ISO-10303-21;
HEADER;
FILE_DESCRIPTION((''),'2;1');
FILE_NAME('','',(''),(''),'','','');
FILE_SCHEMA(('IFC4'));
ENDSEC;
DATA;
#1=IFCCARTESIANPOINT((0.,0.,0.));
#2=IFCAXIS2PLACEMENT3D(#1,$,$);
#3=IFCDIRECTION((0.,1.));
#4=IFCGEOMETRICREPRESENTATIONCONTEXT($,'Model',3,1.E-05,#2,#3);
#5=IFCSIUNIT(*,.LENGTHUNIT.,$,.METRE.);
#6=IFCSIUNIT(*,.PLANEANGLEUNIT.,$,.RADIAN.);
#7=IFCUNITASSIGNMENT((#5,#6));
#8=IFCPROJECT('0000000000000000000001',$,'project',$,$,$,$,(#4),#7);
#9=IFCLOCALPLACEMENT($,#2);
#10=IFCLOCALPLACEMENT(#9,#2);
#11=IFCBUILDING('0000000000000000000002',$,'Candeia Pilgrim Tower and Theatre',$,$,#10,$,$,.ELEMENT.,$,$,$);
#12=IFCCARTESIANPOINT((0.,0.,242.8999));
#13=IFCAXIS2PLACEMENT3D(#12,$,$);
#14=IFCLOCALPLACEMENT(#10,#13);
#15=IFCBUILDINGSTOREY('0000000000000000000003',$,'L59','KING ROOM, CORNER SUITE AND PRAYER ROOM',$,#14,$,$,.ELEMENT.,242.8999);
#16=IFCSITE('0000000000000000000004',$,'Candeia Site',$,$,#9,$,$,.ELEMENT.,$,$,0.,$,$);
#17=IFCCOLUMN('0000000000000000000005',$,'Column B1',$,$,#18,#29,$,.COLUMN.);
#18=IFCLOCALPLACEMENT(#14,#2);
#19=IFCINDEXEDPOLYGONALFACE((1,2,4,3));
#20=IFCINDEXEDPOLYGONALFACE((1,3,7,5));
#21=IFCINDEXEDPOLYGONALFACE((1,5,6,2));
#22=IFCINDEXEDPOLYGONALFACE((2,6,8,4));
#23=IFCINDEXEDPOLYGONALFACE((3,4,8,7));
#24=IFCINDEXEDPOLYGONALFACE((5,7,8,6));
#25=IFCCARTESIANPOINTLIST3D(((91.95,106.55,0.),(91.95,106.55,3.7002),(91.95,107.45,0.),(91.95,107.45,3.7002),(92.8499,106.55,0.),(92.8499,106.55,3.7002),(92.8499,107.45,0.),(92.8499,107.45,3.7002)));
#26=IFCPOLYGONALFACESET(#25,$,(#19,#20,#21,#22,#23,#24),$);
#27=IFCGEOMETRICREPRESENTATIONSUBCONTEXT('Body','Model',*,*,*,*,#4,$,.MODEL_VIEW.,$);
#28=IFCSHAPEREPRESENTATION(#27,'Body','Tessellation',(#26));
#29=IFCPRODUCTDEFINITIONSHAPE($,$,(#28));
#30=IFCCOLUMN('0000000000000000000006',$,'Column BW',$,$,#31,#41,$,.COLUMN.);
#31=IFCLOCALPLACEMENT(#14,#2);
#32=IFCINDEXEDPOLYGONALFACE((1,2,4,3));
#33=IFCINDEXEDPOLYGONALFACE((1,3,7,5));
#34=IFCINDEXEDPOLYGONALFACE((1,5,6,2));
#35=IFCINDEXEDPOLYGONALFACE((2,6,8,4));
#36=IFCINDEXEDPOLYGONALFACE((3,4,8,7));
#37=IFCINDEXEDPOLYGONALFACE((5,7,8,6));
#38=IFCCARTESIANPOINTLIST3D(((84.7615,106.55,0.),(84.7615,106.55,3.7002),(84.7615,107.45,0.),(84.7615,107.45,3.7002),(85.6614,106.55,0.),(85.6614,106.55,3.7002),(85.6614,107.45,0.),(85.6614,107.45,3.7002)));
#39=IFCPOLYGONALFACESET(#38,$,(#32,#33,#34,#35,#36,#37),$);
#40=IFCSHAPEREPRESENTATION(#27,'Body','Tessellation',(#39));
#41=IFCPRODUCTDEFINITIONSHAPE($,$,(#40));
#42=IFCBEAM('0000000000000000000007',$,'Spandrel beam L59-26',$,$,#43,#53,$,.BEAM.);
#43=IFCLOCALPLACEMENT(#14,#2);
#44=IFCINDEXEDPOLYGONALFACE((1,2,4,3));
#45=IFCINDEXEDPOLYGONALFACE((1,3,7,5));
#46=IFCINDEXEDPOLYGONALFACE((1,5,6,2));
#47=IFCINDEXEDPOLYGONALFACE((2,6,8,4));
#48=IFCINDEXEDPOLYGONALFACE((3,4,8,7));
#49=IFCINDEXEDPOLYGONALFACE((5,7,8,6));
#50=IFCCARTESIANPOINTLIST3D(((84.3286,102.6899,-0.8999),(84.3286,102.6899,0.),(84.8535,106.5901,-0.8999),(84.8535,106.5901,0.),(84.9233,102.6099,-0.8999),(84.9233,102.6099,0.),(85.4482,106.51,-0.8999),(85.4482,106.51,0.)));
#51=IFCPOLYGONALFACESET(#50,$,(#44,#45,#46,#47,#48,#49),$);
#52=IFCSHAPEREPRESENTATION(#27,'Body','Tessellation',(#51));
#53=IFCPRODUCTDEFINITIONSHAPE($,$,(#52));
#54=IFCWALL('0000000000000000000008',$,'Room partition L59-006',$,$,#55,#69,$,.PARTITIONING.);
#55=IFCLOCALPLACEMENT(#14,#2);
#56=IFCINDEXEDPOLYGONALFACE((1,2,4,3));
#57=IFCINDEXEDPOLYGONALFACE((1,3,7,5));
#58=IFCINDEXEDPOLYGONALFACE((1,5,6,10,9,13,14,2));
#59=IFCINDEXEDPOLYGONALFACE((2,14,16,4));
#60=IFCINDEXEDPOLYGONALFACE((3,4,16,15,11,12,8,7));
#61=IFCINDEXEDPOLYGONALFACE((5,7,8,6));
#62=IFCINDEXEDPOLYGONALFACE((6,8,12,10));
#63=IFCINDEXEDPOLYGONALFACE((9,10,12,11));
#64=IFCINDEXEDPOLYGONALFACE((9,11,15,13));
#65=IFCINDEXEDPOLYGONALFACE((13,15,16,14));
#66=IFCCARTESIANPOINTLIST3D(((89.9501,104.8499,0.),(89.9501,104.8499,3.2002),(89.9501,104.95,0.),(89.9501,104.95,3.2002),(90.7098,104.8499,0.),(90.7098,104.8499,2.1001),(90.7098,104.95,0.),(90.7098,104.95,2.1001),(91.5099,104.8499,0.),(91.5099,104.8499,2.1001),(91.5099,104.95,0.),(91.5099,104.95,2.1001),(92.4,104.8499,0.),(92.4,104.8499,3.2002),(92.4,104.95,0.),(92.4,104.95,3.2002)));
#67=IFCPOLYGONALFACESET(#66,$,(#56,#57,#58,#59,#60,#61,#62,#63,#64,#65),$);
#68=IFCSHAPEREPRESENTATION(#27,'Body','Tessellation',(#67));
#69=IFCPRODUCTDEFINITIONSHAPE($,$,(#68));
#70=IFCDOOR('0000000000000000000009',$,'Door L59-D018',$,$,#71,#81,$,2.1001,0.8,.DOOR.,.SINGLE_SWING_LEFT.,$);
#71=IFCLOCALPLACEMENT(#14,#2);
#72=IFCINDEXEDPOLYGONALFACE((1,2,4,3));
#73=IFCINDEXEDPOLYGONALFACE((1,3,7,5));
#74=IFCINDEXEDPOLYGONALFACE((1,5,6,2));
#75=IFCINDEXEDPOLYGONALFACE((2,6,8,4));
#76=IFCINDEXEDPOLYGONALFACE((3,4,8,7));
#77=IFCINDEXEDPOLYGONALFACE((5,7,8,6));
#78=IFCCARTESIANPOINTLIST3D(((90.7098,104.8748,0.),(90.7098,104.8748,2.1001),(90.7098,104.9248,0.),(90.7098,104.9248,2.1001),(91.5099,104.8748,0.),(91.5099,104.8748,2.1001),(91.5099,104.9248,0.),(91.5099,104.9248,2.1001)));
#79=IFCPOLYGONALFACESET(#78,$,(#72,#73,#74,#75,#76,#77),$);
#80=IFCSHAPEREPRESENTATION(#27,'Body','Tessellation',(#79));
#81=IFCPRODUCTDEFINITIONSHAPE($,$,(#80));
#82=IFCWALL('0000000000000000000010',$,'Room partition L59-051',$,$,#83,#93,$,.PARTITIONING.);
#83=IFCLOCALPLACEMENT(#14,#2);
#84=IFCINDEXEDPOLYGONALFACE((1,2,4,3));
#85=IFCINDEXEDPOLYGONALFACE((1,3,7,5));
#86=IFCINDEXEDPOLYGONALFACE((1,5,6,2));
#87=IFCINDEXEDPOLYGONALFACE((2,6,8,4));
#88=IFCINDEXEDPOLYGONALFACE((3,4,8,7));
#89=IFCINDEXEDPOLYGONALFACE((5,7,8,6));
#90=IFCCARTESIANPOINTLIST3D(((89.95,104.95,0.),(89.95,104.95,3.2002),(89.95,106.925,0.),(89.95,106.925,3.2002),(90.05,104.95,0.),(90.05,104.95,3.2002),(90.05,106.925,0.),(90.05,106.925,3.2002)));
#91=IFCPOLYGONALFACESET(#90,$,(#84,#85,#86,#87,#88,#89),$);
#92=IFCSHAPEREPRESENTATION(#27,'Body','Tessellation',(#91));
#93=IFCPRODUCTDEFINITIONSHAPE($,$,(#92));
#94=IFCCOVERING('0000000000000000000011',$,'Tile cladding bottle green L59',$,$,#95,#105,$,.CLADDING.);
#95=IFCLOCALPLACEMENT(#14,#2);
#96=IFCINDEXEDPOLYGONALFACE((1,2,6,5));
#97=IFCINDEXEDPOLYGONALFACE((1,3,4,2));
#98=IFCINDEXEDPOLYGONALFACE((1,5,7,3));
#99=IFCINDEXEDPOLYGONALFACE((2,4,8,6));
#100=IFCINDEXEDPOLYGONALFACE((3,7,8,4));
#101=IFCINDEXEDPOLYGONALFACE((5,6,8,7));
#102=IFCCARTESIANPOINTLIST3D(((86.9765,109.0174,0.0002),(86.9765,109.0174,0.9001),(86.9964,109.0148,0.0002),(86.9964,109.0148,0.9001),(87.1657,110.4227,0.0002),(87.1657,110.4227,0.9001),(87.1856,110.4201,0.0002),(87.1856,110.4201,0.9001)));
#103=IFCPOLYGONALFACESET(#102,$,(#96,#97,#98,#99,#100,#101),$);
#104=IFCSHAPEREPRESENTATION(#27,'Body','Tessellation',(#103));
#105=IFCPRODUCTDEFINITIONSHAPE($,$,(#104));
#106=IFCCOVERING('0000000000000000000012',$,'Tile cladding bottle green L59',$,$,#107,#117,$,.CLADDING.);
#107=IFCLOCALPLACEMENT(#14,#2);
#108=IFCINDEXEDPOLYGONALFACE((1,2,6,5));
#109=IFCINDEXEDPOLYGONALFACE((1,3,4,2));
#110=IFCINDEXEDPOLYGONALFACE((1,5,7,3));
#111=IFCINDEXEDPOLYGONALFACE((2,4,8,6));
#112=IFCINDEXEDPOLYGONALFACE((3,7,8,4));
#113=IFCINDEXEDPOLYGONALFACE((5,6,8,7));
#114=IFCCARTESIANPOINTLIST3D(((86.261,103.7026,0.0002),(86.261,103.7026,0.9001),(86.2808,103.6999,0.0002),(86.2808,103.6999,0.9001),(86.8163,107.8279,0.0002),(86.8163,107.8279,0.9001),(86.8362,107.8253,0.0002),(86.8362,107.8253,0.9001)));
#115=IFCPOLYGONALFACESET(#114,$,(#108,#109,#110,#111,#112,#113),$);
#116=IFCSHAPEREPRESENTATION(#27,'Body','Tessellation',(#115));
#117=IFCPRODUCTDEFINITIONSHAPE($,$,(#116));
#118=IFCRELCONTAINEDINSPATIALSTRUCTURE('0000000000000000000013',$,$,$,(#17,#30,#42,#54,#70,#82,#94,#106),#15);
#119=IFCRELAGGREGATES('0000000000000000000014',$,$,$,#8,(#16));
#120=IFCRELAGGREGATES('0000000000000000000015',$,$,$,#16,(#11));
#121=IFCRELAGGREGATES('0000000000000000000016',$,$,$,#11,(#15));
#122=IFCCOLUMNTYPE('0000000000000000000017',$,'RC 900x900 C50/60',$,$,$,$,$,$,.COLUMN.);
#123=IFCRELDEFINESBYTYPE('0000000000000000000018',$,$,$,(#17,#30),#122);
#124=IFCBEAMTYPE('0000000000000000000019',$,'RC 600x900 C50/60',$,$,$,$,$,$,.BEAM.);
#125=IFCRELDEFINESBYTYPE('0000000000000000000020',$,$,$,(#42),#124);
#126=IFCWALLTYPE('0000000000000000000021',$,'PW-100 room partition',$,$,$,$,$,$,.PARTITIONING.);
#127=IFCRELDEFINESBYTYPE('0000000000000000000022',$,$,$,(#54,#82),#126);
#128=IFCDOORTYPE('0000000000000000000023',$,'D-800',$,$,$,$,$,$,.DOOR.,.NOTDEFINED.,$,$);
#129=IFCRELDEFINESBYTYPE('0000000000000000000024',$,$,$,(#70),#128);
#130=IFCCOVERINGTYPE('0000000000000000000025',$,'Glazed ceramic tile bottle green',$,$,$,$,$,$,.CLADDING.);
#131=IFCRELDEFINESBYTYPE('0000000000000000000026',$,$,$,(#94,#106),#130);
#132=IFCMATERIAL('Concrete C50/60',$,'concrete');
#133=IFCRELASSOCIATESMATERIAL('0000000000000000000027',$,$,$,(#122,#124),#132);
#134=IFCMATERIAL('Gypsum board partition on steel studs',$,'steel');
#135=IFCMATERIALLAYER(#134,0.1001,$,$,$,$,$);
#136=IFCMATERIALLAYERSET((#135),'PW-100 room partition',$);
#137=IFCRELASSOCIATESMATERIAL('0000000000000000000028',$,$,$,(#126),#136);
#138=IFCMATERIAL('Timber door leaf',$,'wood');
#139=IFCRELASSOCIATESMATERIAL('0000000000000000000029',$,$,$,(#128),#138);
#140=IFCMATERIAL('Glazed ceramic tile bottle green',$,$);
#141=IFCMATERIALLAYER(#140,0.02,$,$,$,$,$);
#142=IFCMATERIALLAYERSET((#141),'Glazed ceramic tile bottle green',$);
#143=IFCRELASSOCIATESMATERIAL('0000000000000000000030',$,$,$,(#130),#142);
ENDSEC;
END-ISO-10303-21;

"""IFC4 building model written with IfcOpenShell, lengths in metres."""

from ifc_helpers import new_model, si_unit, direction, frame, frame_2d, origin, origin_2d, place, context, subcontext, project, spatial, rectangle, extrude, material, layer, layer_set, material_profile, profile_set, type_object, element, fill, save


model = new_model("IFC4")

# Units and contexts
model_context = context("Model", 3, precision=1e-05, world=origin(), true_north=direction((0.0, 1.0)))
body_context = subcontext(model_context, "Body", "Model", "MODEL_VIEW")
ifc_project = project(units=[si_unit("LENGTHUNIT", "METRE"), si_unit("PLANEANGLEUNIT", "RADIAN")], contexts=[model_context])

# Site, building, storey
site_placement = place(None, origin())
site = spatial("IfcSite", under=ifc_project, at=site_placement, Name="Candeia Site", CompositionType="ELEMENT", RefElevation=0.0)
building_placement = place(site_placement, origin())
building = spatial("IfcBuilding", under=site, at=building_placement, Name="Candeia Pilgrim Tower and Theatre", CompositionType="ELEMENT")
storey_placement = place(building_placement, frame((0.0, 0.0, 242.8999)))
storey = spatial("IfcBuildingStorey", under=building, at=storey_placement, Name="L59", Description="KING ROOM, CORNER SUITE AND PRAYER ROOM", CompositionType="ELEMENT", Elevation=242.8999)

# Columns
ifc_material_1 = material(Name="Concrete C50/60", Category="concrete")
ifc_material_profile_1 = material_profile(ifc_material_1, rectangle(XDim=0.8999, YDim=0.8999, at=origin_2d()))
ifc_profile_set_1 = profile_set([ifc_material_profile_1], Name="Concrete C50/60")
column_type = type_object("IfcColumnType", Name="RC 900x900 C50/60", PredefinedType="COLUMN", material=ifc_profile_set_1)
for number, where, z_axis, x_axis, name in (
    (1, (92.3999, 107.0, 0.0), (0.0, 0.0, 1.0), (1.0, 0.0, 0.0), "Column B1"),
    (2, (85.2114, 107.0, 0.0), (0.0, 0.0, 1.0), (1.0, 0.0, 0.0), "Column BW"),
):
    element("IfcColumn", number, at=place(storey_placement, frame(where, z_axis=z_axis, x_axis=x_axis)), inside=storey, type_object=column_type, Name=name, PredefinedType="COLUMN", context=body_context, shape_type="SweptSolid", body=[
        extrude(rectangle(XDim=0.8999, YDim=0.8999, at=origin_2d()), origin(), (0.0, 0.0, 1.0), 3.7002),
    ])

# Beam
ifc_material_profile_2 = material_profile(ifc_material_1, rectangle(XDim=0.6001, YDim=0.8999, at=origin_2d()))
ifc_profile_set_2 = profile_set([ifc_material_profile_2], Name="Concrete C50/60")
beam_type = type_object("IfcBeamType", Name="RC 600x900 C50/60", PredefinedType="BEAM", material=ifc_profile_set_2)
beam_placement = place(storey_placement, frame((85.1509, 106.55, -0.45), z_axis=(-0.133383, -0.991065, 0.0), x_axis=(0.991065, -0.133383, 0.0)))
element("IfcBeam", 3, at=beam_placement, inside=storey, type_object=beam_type, Name="Spandrel beam L59-26", PredefinedType="BEAM", context=body_context, shape_type="SweptSolid", body=[
    extrude(rectangle(XDim=0.6001, YDim=0.8999, at=origin_2d()), origin(), (0.0, 0.0, 1.0), 3.9353),
])

# Wall, opening, door
ifc_material_2 = material(Name="Gypsum board partition on steel studs", Category="steel")
ifc_layer_1 = layer(ifc_material_2, 0.1001)
ifc_layer_set_1 = layer_set([ifc_layer_1], Name="PW-100 room partition")
wall_type_1 = type_object("IfcWallType", Name="PW-100 room partition", PredefinedType="PARTITIONING", material=ifc_layer_set_1)
wall_1_placement = place(storey_placement, frame((89.95, 104.8999, 0.0), z_axis=(0.0, 0.0, 1.0), x_axis=(1.0, 0.0, 0.0)))
wall_1 = element("IfcWall", 4, at=wall_1_placement, inside=storey, type_object=wall_type_1, Name="Room partition L59-006", PredefinedType="PARTITIONING", context=body_context, shape_type="SweptSolid", body=[
    extrude(rectangle(XDim=2.45, YDim=0.1001, at=frame_2d((1.2251, 0.0))), origin(), (0.0, 0.0, 1.0), 3.2002),
])
opening_1_placement = place(wall_1_placement, frame((0.76, 0.0, 0.0)))
opening_1 = element("IfcOpeningElement", 5, at=opening_1_placement, cuts=wall_1, PredefinedType="OPENING", context=body_context, shape_type="SweptSolid", body=[
    extrude(rectangle(XDim=0.8, YDim=2.1001, at=frame_2d((0.3999, 1.05))), frame((0.0, 0.0601, 0.0), z_axis=(0.0, -1.0, 0.0), x_axis=(1.0, 0.0, 0.0)), (0.0, 0.0, 1.0), 0.1201),
])
ifc_material_3 = material(Name="Timber door leaf", Category="wood")
door_type_1 = type_object("IfcDoorType", Name="D-800", OperationType="NOTDEFINED", PredefinedType="DOOR", material=ifc_material_3)
door_1_placement = place(opening_1_placement, origin())
door_1 = element("IfcDoor", 6, at=door_1_placement, inside=storey, type_object=door_type_1, Name="Door L59-D018", OperationType="SINGLE_SWING_LEFT", OverallHeight=2.1001, OverallWidth=0.8, PredefinedType="DOOR", context=body_context, shape_type="SweptSolid", body=[
    extrude(rectangle(XDim=0.8, YDim=2.1001, at=frame_2d((0.3999, 1.05))), frame((0.0, 0.0249, 0.0), z_axis=(0.0, -1.0, 0.0), x_axis=(1.0, 0.0, 0.0)), (0.0, 0.0, 1.0), 0.05),
])
fill(opening_1, door_1)

# Wall
wall_2_placement = place(storey_placement, frame((90.0, 104.95, 0.0), z_axis=(0.0, 0.0, 1.0), x_axis=(0.0, 1.0, 0.0)))
element("IfcWall", 7, at=wall_2_placement, inside=storey, type_object=wall_type_1, Name="Room partition L59-051", PredefinedType="PARTITIONING", context=body_context, shape_type="SweptSolid", body=[
    extrude(rectangle(XDim=1.9751, YDim=0.1001, at=frame_2d((0.9875, 0.0))), origin(), (0.0, 0.0, 1.0), 3.2002),
])

# Coverings
ifc_material_4 = material(Name="Glazed ceramic tile bottle green")
ifc_layer_2 = layer(ifc_material_4, 0.02)
ifc_layer_set_2 = layer_set([ifc_layer_2], Name="Glazed ceramic tile bottle green")
covering_type = type_object("IfcCoveringType", Name="Glazed ceramic tile bottle green", PredefinedType="CLADDING", material=ifc_layer_set_2)
covering_1_placement = place(storey_placement, frame((87.0811, 109.7188, 0.0002), z_axis=(0.0, 0.0, 1.0), x_axis=(-0.133412, -0.991061, 0.0)))
element("IfcCovering", 8, at=covering_1_placement, inside=storey, type_object=covering_type, Name="Tile cladding bottle green L59", PredefinedType="CLADDING", context=body_context, shape_type="SweptSolid", body=[
    extrude(rectangle(XDim=1.418, YDim=0.02, at=origin_2d()), origin(), (0.0, 0.0, 1.0), 0.8999),
])
covering_2_placement = place(storey_placement, frame((86.5486, 105.7639, 0.0002), z_axis=(0.0, 0.0, 1.0), x_axis=(-0.133412, -0.991061, 0.0)))
element("IfcCovering", 9, at=covering_2_placement, inside=storey, type_object=covering_type, Name="Tile cladding bottle green L59", PredefinedType="CLADDING", context=body_context, shape_type="SweptSolid", body=[
    extrude(rectangle(XDim=4.1626, YDim=0.02, at=origin_2d()), origin(), (0.0, 0.0, 1.0), 0.8999),
])

save(model, "model.ifc")
